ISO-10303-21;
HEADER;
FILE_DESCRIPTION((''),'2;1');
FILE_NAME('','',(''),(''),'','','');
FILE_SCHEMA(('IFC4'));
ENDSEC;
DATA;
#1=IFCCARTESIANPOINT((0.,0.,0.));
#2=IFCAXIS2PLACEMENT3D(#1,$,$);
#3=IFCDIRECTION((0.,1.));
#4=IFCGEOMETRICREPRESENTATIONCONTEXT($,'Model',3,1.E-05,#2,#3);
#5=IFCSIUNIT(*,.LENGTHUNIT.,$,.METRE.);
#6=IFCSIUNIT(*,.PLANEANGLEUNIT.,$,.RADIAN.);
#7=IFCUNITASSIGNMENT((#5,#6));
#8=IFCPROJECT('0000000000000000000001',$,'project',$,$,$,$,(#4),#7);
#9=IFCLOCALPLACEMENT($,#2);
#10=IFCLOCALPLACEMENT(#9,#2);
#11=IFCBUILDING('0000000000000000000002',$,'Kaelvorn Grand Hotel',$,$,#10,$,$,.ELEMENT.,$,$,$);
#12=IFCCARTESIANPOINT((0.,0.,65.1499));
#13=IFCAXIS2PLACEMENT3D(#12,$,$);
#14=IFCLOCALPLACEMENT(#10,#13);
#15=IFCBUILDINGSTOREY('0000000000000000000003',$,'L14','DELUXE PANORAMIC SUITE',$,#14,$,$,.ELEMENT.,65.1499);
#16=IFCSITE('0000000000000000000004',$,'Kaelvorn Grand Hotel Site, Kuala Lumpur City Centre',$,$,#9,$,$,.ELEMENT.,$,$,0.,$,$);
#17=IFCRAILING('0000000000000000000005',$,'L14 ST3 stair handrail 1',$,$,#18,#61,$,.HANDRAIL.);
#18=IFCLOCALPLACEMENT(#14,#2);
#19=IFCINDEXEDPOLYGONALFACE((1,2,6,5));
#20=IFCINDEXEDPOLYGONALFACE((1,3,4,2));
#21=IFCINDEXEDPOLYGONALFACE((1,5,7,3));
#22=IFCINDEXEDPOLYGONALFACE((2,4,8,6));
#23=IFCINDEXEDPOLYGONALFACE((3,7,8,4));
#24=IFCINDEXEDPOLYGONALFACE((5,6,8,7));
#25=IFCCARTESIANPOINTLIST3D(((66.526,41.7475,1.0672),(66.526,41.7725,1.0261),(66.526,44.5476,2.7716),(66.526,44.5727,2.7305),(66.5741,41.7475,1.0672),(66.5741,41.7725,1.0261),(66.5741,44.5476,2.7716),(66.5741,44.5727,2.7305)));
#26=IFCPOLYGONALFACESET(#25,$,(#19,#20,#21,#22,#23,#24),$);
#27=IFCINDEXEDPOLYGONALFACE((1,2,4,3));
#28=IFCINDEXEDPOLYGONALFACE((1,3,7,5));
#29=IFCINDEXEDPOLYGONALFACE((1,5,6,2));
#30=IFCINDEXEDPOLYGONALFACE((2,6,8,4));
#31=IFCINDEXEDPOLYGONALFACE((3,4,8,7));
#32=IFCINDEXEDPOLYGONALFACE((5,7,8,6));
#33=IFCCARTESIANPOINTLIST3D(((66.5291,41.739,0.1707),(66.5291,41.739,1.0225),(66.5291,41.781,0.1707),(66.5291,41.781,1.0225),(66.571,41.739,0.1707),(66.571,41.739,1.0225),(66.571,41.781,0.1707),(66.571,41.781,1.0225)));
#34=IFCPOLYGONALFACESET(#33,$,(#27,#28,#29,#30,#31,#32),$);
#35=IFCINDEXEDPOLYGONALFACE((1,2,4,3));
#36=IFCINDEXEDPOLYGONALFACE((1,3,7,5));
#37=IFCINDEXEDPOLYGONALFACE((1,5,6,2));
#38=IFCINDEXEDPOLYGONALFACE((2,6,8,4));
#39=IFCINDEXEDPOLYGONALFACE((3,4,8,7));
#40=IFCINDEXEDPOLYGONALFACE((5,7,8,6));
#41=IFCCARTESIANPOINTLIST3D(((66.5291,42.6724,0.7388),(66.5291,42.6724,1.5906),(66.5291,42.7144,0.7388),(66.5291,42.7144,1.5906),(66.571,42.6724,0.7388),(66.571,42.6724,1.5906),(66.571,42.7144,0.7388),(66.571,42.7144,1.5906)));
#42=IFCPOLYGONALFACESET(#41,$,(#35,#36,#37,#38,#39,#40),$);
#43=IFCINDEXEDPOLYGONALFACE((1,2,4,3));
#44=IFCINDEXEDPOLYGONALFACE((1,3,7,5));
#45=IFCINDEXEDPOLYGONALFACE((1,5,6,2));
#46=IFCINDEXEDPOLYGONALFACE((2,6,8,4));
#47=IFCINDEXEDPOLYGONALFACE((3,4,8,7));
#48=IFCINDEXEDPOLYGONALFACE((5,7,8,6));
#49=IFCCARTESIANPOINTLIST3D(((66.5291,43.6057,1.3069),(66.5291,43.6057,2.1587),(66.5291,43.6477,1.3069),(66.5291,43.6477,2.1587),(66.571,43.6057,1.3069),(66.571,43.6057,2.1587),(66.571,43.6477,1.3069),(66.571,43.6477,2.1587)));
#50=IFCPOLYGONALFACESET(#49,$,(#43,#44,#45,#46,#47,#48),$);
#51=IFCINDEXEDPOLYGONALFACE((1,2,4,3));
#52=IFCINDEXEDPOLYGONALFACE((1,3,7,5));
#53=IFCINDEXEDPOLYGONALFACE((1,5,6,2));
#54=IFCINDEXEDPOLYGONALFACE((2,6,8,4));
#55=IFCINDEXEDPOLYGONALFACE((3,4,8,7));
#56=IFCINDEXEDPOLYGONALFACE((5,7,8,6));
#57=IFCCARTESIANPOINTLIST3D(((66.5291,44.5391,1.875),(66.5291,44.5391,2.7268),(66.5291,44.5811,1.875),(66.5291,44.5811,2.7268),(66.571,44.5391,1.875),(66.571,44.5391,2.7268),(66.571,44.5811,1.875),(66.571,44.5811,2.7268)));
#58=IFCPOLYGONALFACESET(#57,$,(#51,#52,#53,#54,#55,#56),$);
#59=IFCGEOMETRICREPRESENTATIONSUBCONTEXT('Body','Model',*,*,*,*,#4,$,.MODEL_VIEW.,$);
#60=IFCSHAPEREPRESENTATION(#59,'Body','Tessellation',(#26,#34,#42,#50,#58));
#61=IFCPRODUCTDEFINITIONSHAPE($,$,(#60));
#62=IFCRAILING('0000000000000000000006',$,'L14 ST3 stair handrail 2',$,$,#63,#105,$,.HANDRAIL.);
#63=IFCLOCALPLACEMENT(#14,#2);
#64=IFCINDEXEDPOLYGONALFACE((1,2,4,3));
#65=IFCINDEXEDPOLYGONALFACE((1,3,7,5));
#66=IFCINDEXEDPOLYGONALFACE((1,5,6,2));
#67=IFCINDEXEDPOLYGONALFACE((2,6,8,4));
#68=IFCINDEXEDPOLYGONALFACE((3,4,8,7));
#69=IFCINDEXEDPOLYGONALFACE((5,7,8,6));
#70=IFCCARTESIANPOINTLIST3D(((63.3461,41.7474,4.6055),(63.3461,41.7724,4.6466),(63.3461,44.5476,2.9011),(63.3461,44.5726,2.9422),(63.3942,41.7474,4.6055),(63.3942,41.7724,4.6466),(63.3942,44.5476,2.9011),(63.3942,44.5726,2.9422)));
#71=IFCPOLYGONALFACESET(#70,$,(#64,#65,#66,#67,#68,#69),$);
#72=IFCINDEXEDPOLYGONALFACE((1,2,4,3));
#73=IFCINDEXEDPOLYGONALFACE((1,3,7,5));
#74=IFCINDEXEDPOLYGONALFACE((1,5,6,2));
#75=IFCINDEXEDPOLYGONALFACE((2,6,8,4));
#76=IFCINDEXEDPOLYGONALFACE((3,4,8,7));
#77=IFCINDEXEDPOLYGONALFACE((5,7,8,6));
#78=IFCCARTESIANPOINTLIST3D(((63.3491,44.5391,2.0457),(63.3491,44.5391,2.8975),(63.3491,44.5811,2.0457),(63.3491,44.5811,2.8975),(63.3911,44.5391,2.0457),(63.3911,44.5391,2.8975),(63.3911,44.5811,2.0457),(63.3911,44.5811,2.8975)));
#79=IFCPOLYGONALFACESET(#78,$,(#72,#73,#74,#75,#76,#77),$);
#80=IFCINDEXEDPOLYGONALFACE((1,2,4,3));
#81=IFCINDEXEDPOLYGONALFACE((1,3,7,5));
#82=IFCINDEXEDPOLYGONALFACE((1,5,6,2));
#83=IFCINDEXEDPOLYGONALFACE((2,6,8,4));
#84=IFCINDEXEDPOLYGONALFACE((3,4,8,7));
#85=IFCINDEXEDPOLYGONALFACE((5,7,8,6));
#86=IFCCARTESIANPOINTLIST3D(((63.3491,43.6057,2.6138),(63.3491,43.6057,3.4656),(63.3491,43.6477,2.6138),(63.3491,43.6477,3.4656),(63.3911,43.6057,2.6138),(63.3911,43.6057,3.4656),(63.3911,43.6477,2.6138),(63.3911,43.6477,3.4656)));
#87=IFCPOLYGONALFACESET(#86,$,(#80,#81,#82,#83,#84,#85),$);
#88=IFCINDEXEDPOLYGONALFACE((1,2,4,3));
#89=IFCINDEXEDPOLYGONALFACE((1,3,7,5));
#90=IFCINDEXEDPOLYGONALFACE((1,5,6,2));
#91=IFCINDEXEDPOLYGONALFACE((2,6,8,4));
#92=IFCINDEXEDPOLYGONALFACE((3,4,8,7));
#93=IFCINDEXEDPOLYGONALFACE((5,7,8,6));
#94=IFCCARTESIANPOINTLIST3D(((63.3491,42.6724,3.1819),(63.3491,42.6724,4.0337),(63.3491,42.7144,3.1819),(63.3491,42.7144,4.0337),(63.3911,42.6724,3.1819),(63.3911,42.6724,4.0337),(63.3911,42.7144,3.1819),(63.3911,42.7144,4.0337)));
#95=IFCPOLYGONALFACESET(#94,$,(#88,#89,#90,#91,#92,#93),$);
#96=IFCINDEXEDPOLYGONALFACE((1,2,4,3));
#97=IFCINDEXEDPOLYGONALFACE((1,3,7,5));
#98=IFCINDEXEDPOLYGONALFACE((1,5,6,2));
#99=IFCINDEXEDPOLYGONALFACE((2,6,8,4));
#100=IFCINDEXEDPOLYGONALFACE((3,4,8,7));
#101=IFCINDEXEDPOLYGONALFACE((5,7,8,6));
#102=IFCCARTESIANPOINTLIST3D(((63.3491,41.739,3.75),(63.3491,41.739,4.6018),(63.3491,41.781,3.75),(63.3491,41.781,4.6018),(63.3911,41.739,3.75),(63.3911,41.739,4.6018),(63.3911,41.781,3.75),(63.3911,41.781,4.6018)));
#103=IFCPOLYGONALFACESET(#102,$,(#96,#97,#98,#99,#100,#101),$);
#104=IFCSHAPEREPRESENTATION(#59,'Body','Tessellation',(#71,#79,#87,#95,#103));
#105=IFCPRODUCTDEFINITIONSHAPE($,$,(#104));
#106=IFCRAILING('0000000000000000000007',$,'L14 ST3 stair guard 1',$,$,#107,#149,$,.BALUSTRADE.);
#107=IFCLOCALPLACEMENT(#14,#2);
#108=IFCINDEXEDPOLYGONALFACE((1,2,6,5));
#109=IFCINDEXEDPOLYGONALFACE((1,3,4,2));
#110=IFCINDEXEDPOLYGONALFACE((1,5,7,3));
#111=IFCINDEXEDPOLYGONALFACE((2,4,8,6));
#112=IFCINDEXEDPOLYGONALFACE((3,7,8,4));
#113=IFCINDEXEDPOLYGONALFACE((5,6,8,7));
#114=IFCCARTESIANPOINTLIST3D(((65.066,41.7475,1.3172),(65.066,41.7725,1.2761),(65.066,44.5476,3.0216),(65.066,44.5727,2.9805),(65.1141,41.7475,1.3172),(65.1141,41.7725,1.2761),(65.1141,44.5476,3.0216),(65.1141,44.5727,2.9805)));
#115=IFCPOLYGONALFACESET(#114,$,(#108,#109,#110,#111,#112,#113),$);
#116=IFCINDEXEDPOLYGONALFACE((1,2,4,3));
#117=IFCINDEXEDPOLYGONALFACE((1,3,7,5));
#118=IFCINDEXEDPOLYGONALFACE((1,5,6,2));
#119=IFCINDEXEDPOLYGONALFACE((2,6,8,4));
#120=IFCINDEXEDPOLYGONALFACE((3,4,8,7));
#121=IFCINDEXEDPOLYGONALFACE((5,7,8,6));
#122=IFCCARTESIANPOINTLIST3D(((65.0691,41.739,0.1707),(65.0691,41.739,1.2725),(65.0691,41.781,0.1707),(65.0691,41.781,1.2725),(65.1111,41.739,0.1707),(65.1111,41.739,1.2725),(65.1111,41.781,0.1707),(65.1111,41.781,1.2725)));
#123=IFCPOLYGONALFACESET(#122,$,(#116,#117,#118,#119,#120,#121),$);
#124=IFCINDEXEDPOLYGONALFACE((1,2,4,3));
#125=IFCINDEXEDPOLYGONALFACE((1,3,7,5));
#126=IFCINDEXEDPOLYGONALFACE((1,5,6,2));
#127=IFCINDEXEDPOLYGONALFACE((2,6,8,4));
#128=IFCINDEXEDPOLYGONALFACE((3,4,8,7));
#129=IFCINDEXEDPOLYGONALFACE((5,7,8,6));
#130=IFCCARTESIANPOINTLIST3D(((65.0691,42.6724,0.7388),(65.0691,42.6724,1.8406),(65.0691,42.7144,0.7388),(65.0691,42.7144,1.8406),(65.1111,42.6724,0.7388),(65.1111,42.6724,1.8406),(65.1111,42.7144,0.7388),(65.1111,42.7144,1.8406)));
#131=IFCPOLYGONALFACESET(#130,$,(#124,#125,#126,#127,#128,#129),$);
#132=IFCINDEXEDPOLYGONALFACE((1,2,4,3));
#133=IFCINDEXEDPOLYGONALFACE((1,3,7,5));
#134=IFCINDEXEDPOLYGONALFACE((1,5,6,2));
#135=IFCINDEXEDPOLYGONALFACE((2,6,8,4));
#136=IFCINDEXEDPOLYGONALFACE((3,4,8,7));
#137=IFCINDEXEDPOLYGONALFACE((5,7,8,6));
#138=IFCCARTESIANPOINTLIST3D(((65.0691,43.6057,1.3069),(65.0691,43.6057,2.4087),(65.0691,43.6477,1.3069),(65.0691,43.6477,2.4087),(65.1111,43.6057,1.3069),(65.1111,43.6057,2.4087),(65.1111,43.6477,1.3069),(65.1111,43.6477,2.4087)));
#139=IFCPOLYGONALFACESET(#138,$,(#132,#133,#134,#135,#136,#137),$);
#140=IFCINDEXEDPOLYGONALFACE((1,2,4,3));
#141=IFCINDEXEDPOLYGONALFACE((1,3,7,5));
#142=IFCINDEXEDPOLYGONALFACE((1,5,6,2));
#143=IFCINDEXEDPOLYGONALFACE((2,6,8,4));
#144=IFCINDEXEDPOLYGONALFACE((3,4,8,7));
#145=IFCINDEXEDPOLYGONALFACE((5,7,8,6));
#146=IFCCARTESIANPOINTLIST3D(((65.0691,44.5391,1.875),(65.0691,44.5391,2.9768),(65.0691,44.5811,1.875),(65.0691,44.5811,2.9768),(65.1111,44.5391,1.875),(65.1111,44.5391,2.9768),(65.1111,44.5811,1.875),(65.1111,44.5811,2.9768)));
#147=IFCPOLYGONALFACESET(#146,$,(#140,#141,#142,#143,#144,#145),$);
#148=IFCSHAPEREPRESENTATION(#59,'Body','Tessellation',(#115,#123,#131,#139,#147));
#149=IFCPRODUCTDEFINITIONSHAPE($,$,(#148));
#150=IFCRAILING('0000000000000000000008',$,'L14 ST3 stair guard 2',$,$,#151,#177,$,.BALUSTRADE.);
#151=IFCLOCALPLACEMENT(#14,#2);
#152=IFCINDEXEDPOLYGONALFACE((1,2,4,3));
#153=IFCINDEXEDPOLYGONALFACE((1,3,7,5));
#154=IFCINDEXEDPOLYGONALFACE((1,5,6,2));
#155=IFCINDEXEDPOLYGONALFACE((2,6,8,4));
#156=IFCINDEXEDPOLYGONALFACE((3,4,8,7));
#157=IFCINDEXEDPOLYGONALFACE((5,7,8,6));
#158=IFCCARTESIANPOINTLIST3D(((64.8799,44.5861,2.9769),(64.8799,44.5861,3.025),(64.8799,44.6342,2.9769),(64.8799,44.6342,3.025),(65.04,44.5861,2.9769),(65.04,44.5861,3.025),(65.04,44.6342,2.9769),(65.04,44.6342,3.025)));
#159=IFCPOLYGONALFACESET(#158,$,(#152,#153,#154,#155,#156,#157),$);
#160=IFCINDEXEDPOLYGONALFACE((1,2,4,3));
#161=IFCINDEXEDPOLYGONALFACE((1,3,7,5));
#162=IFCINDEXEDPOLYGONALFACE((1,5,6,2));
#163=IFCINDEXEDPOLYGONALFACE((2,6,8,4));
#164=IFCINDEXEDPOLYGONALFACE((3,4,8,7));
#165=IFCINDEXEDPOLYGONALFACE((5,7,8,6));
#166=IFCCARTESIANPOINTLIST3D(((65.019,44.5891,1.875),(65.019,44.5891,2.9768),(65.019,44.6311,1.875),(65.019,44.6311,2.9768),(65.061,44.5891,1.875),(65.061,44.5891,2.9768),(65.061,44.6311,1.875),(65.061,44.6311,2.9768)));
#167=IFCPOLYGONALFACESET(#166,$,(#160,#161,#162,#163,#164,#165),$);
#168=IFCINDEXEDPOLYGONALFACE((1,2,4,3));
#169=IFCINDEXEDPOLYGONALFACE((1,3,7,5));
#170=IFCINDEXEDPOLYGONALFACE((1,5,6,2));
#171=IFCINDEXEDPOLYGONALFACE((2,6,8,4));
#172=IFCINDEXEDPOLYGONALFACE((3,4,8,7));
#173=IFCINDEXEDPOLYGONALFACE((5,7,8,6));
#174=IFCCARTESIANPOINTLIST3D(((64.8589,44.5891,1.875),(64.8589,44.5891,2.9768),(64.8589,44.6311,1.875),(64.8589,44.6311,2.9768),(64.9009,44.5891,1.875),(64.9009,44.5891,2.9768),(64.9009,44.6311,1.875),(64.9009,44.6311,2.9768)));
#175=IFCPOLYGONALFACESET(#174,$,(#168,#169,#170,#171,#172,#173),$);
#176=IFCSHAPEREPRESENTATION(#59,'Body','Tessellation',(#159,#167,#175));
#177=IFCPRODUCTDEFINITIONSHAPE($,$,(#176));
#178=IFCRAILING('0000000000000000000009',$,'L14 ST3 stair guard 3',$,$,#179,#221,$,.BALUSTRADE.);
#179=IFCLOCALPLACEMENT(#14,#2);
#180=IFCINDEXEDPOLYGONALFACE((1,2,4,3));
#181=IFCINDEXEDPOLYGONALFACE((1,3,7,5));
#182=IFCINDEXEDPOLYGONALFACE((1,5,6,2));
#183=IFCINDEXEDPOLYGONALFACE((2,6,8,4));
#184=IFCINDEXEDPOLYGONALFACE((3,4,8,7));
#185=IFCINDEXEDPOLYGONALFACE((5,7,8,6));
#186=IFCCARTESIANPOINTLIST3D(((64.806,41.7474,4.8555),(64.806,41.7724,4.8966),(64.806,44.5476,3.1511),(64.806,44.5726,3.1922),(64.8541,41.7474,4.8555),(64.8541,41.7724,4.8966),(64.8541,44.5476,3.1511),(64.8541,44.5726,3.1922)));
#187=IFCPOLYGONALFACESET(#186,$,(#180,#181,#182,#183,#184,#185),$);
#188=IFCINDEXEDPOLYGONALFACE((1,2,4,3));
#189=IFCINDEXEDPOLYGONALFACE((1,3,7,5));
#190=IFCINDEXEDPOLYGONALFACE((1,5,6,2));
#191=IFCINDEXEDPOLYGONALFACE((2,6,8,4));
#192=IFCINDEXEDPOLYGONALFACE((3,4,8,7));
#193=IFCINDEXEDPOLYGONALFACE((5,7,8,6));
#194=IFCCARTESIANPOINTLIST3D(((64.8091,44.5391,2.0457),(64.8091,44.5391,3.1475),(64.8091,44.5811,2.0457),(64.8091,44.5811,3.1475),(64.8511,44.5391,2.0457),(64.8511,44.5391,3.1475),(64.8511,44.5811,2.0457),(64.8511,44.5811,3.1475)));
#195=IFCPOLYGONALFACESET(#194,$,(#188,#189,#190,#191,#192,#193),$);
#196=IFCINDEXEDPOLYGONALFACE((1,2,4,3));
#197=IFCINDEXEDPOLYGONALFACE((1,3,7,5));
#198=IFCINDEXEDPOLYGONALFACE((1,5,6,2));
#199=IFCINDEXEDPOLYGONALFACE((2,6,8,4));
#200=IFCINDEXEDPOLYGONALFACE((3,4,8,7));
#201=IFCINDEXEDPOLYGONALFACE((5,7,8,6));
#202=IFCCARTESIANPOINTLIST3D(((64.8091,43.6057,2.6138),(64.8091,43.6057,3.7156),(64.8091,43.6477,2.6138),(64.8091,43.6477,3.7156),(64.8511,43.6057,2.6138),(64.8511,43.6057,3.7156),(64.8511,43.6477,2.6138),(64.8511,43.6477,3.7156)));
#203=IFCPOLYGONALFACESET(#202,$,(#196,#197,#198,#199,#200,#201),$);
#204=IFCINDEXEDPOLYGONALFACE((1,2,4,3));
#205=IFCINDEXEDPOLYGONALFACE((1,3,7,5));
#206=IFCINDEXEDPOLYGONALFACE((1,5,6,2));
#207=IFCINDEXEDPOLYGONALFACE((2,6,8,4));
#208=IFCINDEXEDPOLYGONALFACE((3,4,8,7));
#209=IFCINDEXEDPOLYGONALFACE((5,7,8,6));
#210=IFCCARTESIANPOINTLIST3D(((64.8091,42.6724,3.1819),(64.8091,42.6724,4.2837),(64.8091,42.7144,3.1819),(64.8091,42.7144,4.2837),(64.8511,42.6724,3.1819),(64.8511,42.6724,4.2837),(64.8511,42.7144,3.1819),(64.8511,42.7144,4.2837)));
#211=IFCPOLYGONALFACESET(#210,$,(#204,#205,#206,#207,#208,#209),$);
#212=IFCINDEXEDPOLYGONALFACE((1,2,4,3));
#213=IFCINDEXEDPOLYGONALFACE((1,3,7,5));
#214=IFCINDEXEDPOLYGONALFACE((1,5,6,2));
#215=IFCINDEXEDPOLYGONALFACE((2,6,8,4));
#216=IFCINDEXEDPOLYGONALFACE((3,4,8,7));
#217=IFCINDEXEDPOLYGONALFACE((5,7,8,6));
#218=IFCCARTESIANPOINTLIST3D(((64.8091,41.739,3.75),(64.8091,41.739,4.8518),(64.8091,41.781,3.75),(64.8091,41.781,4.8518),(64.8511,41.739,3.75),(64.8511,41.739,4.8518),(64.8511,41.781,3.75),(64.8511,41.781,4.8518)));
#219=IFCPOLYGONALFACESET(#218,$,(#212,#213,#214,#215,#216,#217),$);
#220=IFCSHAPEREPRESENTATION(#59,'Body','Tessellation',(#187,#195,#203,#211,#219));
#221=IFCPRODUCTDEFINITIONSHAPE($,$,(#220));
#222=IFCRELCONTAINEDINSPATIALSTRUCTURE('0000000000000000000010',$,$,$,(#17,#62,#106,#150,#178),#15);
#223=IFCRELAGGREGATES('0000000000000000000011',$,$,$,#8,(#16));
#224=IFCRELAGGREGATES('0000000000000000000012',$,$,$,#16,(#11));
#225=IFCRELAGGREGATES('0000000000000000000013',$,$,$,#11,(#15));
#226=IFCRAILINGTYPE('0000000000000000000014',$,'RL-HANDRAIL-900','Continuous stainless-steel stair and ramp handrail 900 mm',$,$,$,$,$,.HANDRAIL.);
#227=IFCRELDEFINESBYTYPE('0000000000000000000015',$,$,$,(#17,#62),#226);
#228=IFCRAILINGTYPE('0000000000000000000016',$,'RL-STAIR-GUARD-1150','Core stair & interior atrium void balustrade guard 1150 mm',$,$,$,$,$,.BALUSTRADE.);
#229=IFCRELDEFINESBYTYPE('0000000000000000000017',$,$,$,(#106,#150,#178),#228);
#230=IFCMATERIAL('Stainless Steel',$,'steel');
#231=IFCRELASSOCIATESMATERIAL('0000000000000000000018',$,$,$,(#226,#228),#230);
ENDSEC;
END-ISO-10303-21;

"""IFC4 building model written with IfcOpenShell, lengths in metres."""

from ifc_helpers import new_model, si_unit, direction, frame, origin, origin_2d, place, context, subcontext, project, spatial, rectangle, extrude, material, type_object, element, save


model = new_model("IFC4")

# Units and contexts
model_context = context("Model", 3, precision=1e-05, world=origin(), true_north=direction((0.0, 1.0)))
body_context = subcontext(model_context, "Body", "Model", "MODEL_VIEW")
ifc_project = project(units=[si_unit("LENGTHUNIT", "METRE"), si_unit("PLANEANGLEUNIT", "RADIAN")], contexts=[model_context])

# Site, building, storey
site_placement = place(None, origin())
site = spatial("IfcSite", under=ifc_project, at=site_placement, Name="Kaelvorn Grand Hotel Site, Kuala Lumpur City Centre", CompositionType="ELEMENT", RefElevation=0.0)
building_placement = place(site_placement, origin())
building = spatial("IfcBuilding", under=site, at=building_placement, Name="Kaelvorn Grand Hotel", CompositionType="ELEMENT")
storey_placement = place(building_placement, frame((0.0, 0.0, 65.1499)))
storey = spatial("IfcBuildingStorey", under=building, at=storey_placement, Name="L14", Description="DELUXE PANORAMIC SUITE", CompositionType="ELEMENT", Elevation=65.1499)

# Shared definitions
ifc_material_1 = material(Name="Stainless Steel", Category="steel")

# Railings
railing_type_1 = type_object("IfcRailingType", Name="RL-HANDRAIL-900", Description="Continuous stainless-steel stair and ramp handrail 900 mm", PredefinedType="HANDRAIL", material=ifc_material_1)
railing_1_placement = place(storey_placement, frame((66.55, 41.76, 0.1707)))
element("IfcRailing", 1, at=railing_1_placement, inside=storey, type_object=railing_type_1, Name="L14 ST3 stair handrail 1", PredefinedType="HANDRAIL", context=body_context, shape_type="SweptSolid", body=[
    extrude(rectangle(XDim=0.0481, YDim=0.0481, at=origin_2d()), frame((0.0, 0.0, 0.876), z_axis=(0.0, 0.854203, 0.51994), x_axis=(-1.0, 0.0, 0.0)), (0.0, 0.0, 1.0), 3.2781),
    extrude(rectangle(XDim=0.042, YDim=0.042, at=origin_2d()), origin(), (0.0, 0.0, 1.0), 0.8518),
    extrude(rectangle(XDim=0.042, YDim=0.042, at=origin_2d()), frame((0.0, 0.9333, 0.5681)), (0.0, 0.0, 1.0), 0.8518),
    extrude(rectangle(XDim=0.042, YDim=0.042, at=origin_2d()), frame((0.0, 1.8667, 1.1362)), (0.0, 0.0, 1.0), 0.8518),
    extrude(rectangle(XDim=0.042, YDim=0.042, at=origin_2d()), frame((0.0, 2.8, 1.7043)), (0.0, 0.0, 1.0), 0.8518),
])
railing_2_placement = place(storey_placement, frame((63.3701, 44.5601, 2.0457)))
element("IfcRailing", 2, at=railing_2_placement, inside=storey, type_object=railing_type_1, Name="L14 ST3 stair handrail 2", PredefinedType="HANDRAIL", context=body_context, shape_type="SweptSolid", body=[
    extrude(rectangle(XDim=0.0481, YDim=0.0481, at=origin_2d()), frame((0.0, 0.0, 0.876), z_axis=(0.0, -0.854203, 0.51994), x_axis=(1.0, 0.0, 0.0)), (0.0, 0.0, 1.0), 3.2781),
    extrude(rectangle(XDim=0.042, YDim=0.042, at=origin_2d()), origin(), (0.0, 0.0, 1.0), 0.8518),
    extrude(rectangle(XDim=0.042, YDim=0.042, at=origin_2d()), frame((0.0, -0.9333, 0.5681)), (0.0, 0.0, 1.0), 0.8518),
    extrude(rectangle(XDim=0.042, YDim=0.042, at=origin_2d()), frame((0.0, -1.8667, 1.1362)), (0.0, 0.0, 1.0), 0.8518),
    extrude(rectangle(XDim=0.042, YDim=0.042, at=origin_2d()), frame((0.0, -2.8, 1.7043)), (0.0, 0.0, 1.0), 0.8518),
])
railing_type_2 = type_object("IfcRailingType", Name="RL-STAIR-GUARD-1150", Description="Core stair & interior atrium void balustrade guard 1150 mm", PredefinedType="BALUSTRADE", material=ifc_material_1)
railing_3_placement = place(storey_placement, frame((65.0901, 41.76, 0.1707)))
element("IfcRailing", 3, at=railing_3_placement, inside=storey, type_object=railing_type_2, Name="L14 ST3 stair guard 1", PredefinedType="BALUSTRADE", context=body_context, shape_type="SweptSolid", body=[
    extrude(rectangle(XDim=0.0481, YDim=0.0481, at=origin_2d()), frame((0.0, 0.0, 1.126), z_axis=(0.0, 0.854203, 0.51994), x_axis=(-1.0, 0.0, 0.0)), (0.0, 0.0, 1.0), 3.2781),
    extrude(rectangle(XDim=0.042, YDim=0.042, at=origin_2d()), origin(), (0.0, 0.0, 1.0), 1.1018),
    extrude(rectangle(XDim=0.042, YDim=0.042, at=origin_2d()), frame((0.0, 0.9333, 0.5681)), (0.0, 0.0, 1.0), 1.1018),
    extrude(rectangle(XDim=0.042, YDim=0.042, at=origin_2d()), frame((0.0, 1.8667, 1.1362)), (0.0, 0.0, 1.0), 1.1018),
    extrude(rectangle(XDim=0.042, YDim=0.042, at=origin_2d()), frame((0.0, 2.8, 1.7043)), (0.0, 0.0, 1.0), 1.1018),
])
railing_4_placement = place(storey_placement, frame((65.04, 44.6101, 1.875)))
element("IfcRailing", 4, at=railing_4_placement, inside=storey, type_object=railing_type_2, Name="L14 ST3 stair guard 2", PredefinedType="BALUSTRADE", context=body_context, shape_type="SweptSolid", body=[
    extrude(rectangle(XDim=0.0481, YDim=0.0481, at=origin_2d()), frame((0.0, 0.0, 1.126), z_axis=(-1.0, 0.0, 0.0), x_axis=(0.0, -1.0, 0.0)), (0.0, 0.0, 1.0), 0.1602),
    extrude(rectangle(XDim=0.042, YDim=0.042, at=origin_2d()), origin(), (0.0, 0.0, 1.0), 1.1018),
    extrude(rectangle(XDim=0.042, YDim=0.042, at=origin_2d()), frame((-0.1602, 0.0, 0.0)), (0.0, 0.0, 1.0), 1.1018),
])
railing_5_placement = place(storey_placement, frame((64.8301, 44.5601, 2.0457)))
element("IfcRailing", 5, at=railing_5_placement, inside=storey, type_object=railing_type_2, Name="L14 ST3 stair guard 3", PredefinedType="BALUSTRADE", context=body_context, shape_type="SweptSolid", body=[
    extrude(rectangle(XDim=0.0481, YDim=0.0481, at=origin_2d()), frame((0.0, 0.0, 1.126), z_axis=(0.0, -0.854203, 0.51994), x_axis=(1.0, 0.0, 0.0)), (0.0, 0.0, 1.0), 3.2781),
    extrude(rectangle(XDim=0.042, YDim=0.042, at=origin_2d()), origin(), (0.0, 0.0, 1.0), 1.1018),
    extrude(rectangle(XDim=0.042, YDim=0.042, at=origin_2d()), frame((0.0, -0.9333, 0.5681)), (0.0, 0.0, 1.0), 1.1018),
    extrude(rectangle(XDim=0.042, YDim=0.042, at=origin_2d()), frame((0.0, -1.8667, 1.1362)), (0.0, 0.0, 1.0), 1.1018),
    extrude(rectangle(XDim=0.042, YDim=0.042, at=origin_2d()), frame((0.0, -2.8, 1.7043)), (0.0, 0.0, 1.0), 1.1018),
])

save(model, "model.ifc")
